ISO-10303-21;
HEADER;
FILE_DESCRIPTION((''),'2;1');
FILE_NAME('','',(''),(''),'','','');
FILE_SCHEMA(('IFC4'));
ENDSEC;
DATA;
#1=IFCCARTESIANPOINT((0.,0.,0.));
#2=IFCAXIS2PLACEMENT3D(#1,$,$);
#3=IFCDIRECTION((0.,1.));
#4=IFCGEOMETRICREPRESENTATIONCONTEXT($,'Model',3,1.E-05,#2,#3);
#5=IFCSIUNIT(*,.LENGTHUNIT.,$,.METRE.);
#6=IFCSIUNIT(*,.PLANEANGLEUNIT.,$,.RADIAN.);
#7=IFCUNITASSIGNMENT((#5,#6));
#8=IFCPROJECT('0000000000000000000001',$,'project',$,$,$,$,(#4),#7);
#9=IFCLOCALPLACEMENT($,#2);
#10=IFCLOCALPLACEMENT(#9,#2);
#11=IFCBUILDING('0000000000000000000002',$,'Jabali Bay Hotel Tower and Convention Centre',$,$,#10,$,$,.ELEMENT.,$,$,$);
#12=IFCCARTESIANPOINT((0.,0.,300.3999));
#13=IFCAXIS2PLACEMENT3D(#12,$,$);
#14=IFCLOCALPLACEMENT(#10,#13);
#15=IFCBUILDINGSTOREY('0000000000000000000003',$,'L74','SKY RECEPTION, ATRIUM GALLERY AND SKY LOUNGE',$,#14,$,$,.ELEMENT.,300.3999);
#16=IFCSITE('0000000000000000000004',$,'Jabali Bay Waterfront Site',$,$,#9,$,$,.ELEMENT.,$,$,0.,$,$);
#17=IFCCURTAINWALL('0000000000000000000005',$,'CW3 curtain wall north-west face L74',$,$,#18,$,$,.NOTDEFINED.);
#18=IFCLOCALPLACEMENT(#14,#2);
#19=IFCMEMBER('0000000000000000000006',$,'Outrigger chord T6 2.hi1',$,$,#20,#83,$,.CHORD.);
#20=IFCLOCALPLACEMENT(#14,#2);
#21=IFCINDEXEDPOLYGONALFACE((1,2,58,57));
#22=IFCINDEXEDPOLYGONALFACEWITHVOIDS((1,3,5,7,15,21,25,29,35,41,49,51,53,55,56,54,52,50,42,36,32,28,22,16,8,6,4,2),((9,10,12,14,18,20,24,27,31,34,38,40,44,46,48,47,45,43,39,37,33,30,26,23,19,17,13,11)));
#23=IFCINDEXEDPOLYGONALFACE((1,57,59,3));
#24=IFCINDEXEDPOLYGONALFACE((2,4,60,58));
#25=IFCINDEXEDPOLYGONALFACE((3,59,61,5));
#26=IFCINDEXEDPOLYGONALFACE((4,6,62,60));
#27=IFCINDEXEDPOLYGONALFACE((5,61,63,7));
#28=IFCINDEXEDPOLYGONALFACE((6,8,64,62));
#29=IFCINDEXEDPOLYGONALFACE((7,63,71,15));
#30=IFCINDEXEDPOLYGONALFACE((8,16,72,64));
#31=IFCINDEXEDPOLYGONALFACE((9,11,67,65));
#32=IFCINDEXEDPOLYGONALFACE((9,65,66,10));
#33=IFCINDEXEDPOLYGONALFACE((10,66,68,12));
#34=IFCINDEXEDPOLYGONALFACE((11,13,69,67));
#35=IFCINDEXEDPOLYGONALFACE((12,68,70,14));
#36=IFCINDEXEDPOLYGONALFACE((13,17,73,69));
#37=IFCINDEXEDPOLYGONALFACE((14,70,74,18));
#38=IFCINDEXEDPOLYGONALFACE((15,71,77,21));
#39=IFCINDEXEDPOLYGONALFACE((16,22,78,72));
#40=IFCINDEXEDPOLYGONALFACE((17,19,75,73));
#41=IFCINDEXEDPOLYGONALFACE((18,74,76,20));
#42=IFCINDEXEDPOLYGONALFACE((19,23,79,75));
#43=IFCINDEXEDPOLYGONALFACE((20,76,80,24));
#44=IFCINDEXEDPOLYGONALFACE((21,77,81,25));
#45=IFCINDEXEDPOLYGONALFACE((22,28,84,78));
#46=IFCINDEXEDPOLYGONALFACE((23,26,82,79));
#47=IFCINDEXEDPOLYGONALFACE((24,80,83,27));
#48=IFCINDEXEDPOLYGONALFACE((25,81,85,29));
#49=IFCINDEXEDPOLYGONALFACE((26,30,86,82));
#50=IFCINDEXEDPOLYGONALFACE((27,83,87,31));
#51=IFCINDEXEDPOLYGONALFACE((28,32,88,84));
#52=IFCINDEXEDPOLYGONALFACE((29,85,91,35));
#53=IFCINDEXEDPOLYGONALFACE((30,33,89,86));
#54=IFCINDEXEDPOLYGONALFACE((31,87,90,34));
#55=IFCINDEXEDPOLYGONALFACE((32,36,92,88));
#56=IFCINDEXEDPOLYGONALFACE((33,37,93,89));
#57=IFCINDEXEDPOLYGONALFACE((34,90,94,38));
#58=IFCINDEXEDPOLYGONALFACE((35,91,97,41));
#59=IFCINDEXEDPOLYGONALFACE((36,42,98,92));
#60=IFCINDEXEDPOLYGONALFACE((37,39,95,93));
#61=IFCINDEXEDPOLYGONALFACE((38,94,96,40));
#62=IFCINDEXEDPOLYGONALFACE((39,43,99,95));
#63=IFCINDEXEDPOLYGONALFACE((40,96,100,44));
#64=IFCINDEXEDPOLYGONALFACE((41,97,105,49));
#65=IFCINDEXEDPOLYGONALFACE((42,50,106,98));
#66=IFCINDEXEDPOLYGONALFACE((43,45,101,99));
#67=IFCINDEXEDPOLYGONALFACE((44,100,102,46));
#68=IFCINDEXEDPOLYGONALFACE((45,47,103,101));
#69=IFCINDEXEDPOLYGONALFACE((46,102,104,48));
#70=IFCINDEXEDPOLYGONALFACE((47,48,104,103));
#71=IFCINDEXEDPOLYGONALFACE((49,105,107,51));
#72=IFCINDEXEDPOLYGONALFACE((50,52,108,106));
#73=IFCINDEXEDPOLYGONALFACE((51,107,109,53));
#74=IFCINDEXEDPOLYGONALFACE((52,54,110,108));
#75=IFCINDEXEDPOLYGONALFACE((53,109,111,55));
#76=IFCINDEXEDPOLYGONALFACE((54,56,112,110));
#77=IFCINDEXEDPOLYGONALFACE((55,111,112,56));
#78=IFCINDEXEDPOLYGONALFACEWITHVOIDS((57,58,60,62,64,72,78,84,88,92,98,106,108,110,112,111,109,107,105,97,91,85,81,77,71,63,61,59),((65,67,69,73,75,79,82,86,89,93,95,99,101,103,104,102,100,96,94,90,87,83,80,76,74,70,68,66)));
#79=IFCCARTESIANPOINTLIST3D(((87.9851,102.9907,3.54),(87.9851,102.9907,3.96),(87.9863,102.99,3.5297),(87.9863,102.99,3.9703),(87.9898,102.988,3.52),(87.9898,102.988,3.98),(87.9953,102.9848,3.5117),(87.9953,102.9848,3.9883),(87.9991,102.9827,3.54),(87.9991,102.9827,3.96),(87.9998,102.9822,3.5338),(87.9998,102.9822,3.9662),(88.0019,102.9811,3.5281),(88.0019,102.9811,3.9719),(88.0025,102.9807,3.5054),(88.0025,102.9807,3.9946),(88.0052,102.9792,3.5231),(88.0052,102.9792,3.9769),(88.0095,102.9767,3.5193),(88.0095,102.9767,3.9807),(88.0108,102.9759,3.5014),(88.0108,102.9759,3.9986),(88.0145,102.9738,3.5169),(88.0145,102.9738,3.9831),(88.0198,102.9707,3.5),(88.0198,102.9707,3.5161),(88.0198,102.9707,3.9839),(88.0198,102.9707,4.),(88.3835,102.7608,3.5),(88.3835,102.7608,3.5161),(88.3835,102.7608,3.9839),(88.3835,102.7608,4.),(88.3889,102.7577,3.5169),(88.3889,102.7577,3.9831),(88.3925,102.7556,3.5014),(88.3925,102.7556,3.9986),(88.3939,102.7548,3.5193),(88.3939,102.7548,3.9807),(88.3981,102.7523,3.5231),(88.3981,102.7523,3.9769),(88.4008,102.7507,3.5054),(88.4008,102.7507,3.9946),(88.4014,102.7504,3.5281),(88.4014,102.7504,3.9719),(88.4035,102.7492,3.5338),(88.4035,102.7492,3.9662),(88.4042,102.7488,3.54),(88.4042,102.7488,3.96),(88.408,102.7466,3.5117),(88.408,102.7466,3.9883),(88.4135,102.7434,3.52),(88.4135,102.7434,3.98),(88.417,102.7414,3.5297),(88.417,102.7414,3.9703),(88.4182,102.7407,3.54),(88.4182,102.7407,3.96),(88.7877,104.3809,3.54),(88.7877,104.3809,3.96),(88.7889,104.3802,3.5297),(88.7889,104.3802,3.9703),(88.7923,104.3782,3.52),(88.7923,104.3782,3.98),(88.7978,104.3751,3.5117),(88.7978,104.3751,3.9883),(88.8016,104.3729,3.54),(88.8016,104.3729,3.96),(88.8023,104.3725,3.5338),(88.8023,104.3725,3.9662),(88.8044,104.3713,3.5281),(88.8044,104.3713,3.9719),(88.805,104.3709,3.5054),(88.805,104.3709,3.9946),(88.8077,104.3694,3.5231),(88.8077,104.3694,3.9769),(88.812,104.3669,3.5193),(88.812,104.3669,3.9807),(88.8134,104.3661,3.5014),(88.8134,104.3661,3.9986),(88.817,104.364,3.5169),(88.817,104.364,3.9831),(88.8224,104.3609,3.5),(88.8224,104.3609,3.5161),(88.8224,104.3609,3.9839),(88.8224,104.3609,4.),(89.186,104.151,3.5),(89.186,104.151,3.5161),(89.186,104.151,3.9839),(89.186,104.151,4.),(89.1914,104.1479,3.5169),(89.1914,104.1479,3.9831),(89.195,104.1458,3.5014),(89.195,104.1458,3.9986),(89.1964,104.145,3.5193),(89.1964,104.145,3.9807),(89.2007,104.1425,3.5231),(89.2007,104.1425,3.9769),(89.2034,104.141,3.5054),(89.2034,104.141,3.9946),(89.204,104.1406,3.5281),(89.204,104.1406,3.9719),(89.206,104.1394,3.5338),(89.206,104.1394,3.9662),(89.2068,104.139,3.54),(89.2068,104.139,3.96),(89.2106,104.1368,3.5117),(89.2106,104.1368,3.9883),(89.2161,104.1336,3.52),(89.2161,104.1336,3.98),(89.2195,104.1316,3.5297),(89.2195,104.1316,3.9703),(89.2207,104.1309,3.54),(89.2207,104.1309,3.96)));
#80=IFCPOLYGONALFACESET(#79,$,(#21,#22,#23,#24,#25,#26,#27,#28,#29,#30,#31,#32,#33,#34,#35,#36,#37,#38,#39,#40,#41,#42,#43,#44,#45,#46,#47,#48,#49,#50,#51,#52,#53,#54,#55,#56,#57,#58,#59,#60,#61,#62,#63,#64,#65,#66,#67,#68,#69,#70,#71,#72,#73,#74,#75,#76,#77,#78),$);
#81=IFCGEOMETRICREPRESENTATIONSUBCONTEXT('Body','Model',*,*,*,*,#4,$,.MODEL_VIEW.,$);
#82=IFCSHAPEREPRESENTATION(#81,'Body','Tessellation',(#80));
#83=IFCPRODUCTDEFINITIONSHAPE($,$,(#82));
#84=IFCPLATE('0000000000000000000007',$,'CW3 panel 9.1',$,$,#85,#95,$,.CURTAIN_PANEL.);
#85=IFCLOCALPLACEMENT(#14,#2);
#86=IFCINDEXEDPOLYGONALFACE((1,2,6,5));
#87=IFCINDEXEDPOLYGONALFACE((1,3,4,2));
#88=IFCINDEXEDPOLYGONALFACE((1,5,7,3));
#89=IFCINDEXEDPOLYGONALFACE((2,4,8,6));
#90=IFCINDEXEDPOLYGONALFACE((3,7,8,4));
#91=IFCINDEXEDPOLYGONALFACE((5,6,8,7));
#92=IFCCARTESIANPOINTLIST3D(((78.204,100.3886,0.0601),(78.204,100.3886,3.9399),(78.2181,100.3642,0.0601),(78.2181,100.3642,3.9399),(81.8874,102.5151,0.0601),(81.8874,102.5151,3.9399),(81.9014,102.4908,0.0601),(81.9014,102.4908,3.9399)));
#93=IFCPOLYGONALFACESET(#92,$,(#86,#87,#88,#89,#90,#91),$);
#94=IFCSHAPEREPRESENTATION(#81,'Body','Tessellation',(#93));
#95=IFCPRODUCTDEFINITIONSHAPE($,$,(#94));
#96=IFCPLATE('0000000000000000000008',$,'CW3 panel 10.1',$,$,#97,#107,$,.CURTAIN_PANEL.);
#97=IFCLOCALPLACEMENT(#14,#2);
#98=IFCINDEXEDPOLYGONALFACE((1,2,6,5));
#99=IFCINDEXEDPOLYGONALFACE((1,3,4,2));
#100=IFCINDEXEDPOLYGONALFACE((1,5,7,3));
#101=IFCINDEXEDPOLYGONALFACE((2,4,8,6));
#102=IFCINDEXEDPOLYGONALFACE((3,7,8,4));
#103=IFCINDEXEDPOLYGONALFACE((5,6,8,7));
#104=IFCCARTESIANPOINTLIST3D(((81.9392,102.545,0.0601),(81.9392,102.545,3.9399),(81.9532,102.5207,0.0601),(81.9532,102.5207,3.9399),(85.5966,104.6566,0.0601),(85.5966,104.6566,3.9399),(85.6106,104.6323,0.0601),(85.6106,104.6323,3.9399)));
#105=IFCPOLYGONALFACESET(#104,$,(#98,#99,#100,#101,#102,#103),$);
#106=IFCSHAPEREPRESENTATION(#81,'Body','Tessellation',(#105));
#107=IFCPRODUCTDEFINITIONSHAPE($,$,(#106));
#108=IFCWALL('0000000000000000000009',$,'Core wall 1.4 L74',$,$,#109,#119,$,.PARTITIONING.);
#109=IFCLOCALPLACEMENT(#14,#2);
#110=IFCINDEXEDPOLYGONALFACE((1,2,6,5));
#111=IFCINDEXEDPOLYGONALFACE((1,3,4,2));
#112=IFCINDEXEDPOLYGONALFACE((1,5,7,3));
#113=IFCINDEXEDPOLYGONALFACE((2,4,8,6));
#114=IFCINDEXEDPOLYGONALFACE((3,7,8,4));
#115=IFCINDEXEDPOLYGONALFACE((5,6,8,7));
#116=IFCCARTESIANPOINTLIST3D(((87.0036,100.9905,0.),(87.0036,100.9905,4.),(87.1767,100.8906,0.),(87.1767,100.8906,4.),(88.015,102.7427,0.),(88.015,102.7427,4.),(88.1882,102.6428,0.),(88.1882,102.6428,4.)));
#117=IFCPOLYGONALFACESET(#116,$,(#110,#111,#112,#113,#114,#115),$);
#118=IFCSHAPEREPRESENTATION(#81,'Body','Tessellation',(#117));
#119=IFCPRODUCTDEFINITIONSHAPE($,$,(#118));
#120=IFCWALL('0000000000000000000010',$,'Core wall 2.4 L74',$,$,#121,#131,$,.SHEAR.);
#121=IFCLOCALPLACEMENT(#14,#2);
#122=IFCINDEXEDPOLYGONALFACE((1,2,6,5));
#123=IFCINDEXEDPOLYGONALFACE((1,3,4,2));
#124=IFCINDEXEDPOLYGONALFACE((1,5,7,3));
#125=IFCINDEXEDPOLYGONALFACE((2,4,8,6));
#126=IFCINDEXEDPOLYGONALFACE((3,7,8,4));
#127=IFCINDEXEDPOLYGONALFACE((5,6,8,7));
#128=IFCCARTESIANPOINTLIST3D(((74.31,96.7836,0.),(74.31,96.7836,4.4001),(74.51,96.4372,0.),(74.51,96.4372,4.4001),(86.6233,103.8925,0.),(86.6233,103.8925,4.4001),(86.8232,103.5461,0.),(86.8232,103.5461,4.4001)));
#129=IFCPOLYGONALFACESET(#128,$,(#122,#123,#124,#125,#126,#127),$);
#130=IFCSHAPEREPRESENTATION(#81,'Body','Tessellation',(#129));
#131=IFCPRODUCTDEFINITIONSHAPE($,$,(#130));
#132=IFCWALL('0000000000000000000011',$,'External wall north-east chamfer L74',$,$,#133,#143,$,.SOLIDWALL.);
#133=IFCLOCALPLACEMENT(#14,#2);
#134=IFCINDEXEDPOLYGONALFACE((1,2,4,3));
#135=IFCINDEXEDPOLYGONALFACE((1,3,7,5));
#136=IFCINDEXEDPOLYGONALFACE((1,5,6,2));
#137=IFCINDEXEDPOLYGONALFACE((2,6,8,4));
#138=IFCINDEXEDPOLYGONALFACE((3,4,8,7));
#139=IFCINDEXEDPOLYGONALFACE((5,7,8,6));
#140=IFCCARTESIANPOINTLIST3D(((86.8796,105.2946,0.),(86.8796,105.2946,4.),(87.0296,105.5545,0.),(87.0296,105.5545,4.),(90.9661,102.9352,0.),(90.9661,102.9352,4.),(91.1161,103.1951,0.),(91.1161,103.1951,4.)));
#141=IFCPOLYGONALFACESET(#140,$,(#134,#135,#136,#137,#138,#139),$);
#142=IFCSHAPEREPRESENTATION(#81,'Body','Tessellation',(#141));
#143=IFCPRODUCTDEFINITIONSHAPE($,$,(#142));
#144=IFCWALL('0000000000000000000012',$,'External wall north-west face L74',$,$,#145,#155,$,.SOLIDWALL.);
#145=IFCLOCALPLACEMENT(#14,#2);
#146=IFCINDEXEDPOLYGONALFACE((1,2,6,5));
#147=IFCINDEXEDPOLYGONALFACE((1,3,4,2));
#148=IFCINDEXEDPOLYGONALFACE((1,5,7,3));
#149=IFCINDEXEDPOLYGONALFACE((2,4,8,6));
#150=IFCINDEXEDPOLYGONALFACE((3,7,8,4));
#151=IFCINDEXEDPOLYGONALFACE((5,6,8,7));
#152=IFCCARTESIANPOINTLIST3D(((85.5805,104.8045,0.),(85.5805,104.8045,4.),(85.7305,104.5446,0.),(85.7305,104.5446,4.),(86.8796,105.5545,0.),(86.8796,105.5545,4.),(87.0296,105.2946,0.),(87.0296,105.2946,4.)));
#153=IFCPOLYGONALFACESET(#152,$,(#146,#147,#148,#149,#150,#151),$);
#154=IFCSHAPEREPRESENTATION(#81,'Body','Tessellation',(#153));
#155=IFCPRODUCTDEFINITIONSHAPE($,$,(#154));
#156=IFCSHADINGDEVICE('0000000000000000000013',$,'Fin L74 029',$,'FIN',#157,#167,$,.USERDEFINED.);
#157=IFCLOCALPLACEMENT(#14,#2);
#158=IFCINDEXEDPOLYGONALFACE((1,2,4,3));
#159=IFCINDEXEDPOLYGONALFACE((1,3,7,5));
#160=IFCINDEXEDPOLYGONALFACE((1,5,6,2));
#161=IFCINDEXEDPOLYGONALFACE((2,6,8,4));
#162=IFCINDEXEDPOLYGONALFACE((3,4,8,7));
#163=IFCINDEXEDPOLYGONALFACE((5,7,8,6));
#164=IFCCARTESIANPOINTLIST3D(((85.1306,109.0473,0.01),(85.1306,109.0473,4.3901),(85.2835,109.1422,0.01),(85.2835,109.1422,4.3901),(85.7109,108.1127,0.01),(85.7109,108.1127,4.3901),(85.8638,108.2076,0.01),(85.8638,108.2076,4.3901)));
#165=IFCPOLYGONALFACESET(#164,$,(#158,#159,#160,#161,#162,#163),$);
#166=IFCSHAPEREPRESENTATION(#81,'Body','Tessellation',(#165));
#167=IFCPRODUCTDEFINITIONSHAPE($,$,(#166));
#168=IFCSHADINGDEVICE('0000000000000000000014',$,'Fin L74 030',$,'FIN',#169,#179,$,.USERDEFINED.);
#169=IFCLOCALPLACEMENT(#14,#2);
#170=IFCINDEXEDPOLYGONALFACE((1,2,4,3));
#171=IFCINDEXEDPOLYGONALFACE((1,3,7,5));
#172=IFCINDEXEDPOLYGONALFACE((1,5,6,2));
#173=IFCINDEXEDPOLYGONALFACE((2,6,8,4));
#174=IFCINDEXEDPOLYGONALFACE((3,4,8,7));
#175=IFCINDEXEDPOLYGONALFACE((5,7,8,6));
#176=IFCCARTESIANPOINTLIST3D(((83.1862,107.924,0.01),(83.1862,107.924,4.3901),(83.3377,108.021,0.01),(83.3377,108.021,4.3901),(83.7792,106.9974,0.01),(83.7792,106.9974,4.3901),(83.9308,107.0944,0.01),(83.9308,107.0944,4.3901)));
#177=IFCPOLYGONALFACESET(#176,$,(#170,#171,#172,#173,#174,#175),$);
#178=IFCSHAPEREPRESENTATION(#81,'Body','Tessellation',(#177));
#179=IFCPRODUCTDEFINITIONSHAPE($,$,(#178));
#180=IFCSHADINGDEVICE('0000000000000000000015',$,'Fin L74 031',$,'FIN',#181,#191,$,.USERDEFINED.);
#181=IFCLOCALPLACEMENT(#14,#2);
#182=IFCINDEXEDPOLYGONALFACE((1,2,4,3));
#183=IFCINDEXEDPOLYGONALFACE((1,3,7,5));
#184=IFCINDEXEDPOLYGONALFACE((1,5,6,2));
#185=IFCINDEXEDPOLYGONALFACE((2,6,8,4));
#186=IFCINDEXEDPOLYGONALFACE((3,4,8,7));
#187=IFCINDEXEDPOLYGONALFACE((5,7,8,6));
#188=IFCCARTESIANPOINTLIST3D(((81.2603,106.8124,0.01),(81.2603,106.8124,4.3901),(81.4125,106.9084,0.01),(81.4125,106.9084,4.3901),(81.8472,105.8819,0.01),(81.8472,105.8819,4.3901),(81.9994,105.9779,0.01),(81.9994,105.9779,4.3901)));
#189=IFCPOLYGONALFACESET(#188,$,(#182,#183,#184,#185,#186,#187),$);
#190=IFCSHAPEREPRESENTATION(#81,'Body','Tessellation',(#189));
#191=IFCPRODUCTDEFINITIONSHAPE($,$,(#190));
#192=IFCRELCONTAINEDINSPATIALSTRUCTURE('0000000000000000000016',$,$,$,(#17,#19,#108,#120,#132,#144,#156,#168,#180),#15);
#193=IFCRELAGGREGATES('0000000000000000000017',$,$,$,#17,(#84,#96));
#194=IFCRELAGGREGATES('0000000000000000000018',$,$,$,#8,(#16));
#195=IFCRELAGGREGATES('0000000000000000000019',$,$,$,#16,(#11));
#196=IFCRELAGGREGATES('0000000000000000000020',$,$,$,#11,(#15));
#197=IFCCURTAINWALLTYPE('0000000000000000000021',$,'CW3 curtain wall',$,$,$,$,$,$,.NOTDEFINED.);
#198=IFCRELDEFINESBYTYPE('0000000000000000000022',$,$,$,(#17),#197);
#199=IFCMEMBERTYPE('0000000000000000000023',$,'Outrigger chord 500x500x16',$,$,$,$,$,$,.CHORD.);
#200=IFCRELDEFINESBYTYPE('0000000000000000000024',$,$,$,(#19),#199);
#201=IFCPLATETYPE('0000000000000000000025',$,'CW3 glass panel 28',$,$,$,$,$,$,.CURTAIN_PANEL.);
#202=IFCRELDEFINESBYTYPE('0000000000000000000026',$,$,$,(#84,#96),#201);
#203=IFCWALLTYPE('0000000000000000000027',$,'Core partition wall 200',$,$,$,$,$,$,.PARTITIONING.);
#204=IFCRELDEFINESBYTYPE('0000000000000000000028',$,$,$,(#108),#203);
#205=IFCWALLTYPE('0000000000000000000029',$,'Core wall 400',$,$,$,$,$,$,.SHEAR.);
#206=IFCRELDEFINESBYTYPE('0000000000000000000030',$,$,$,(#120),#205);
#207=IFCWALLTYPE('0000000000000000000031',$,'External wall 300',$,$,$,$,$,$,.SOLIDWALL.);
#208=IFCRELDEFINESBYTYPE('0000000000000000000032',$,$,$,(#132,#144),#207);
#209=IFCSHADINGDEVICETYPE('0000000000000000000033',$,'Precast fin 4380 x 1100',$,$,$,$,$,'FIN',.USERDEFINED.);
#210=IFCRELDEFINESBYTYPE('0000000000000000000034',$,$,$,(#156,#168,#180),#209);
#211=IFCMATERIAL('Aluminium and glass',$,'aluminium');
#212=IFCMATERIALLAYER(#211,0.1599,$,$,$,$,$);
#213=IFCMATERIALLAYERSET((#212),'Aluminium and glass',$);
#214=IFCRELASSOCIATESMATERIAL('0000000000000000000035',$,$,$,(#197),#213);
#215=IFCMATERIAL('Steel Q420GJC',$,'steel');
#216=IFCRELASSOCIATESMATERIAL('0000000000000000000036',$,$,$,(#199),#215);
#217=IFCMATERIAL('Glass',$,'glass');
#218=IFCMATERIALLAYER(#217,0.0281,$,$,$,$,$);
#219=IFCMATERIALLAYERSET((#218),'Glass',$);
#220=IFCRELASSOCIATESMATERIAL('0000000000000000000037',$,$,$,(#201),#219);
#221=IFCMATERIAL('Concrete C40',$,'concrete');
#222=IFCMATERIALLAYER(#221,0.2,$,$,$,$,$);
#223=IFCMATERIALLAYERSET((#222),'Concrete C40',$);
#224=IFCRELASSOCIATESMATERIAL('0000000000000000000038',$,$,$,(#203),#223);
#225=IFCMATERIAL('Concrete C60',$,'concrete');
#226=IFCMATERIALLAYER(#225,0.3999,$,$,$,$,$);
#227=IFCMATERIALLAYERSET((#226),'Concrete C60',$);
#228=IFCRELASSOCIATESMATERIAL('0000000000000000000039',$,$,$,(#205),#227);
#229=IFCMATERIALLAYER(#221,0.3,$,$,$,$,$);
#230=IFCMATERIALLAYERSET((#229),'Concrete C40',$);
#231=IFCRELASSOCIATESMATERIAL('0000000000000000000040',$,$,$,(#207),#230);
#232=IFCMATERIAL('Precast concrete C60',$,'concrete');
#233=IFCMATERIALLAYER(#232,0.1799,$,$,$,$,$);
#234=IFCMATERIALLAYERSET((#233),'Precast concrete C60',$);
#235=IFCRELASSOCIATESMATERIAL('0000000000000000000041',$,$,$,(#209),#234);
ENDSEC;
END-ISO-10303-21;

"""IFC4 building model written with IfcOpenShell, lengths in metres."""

from ifc_helpers import new_model, si_unit, direction, frame, frame_2d, origin, origin_2d, place, context, subcontext, project, spatial, rectangle, hollow_rectangle, extrude, material, layer, layer_set, material_profile, profile_set, type_object, element, aggregate, save


model = new_model("IFC4")

# Units and contexts
model_context = context("Model", 3, precision=1e-05, world=origin(), true_north=direction((0.0, 1.0)))
body_context = subcontext(model_context, "Body", "Model", "MODEL_VIEW")
ifc_project = project(units=[si_unit("LENGTHUNIT", "METRE"), si_unit("PLANEANGLEUNIT", "RADIAN")], contexts=[model_context])

# Site, building, storey
site_placement = place(None, origin())
site = spatial("IfcSite", under=ifc_project, at=site_placement, Name="Jabali Bay Waterfront Site", CompositionType="ELEMENT", RefElevation=0.0)
building_placement = place(site_placement, origin())
building = spatial("IfcBuilding", under=site, at=building_placement, Name="Jabali Bay Hotel Tower and Convention Centre", CompositionType="ELEMENT")
storey_placement = place(building_placement, frame((0.0, 0.0, 300.3999)))
storey = spatial("IfcBuildingStorey", under=building, at=storey_placement, Name="L74", Description="SKY RECEPTION, ATRIUM GALLERY AND SKY LOUNGE", CompositionType="ELEMENT", Elevation=300.3999)

# Shared definitions
ifc_material_1 = material(Name="Concrete C60", Category="concrete")

# Shared definitions
ifc_material_2 = material(Name="Steel Q420GJC", Category="steel")

# Curtain wall
ifc_material_3 = material(Name="Aluminium and glass", Category="aluminium")
ifc_layer_1 = layer(ifc_material_3, 0.1599)
ifc_layer_set_1 = layer_set([ifc_layer_1], Name="Aluminium and glass")
curtain_wall_type = type_object("IfcCurtainWallType", Name="CW3 curtain wall", PredefinedType="NOTDEFINED", material=ifc_layer_set_1)
curtain_wall_placement = place(storey_placement, origin())
curtain_wall = element("IfcCurtainWall", 1, at=curtain_wall_placement, inside=storey, type_object=curtain_wall_type, Name="CW3 curtain wall north-west face L74", PredefinedType="NOTDEFINED")

# Member
ifc_material_profile_1 = material_profile(ifc_material_2, hollow_rectangle(XDim=0.5, YDim=0.5, WallThickness=0.0161, InnerFilletRadius=0.0239, OuterFilletRadius=0.04, at=origin_2d()), Name="Outrigger chord 500x500x16")
ifc_profile_set_1 = profile_set([ifc_material_profile_1], Name="Steel Q420GJC")
member_type_1 = type_object("IfcMemberType", Name="Outrigger chord 500x500x16", PredefinedType="CHORD", material=ifc_profile_set_1)
member_1_placement = place(storey_placement, frame((88.2017, 102.8657, 3.75), z_axis=(0.499951, 0.866054, 0.0), x_axis=(-0.866054, 0.499951, 0.0)))
element("IfcMember", 2, at=member_1_placement, inside=storey, type_object=member_type_1, Name="Outrigger chord T6 2.hi1", PredefinedType="CHORD", context=body_context, shape_type="SweptSolid", body=[
    extrude(hollow_rectangle(XDim=0.5, YDim=0.5, WallThickness=0.0161, InnerFilletRadius=0.0239, OuterFilletRadius=0.04, at=origin_2d()), origin(), (0.0, 0.0, 1.0), 1.6052),
])

# Plates
ifc_material_4 = material(Name="Glass", Category="glass")
ifc_layer_2 = layer(ifc_material_4, 0.0281)
ifc_layer_set_2 = layer_set([ifc_layer_2], Name="Glass")
plate_type = type_object("IfcPlateType", Name="CW3 glass panel 28", PredefinedType="CURTAIN_PANEL", material=ifc_layer_set_2)
plate_1_placement = place(storey_placement, frame((80.0527, 101.4397, 0.0601), z_axis=(0.0, 0.0, 1.0), x_axis=(0.866025, 0.5, 0.0)))
plate_1 = element("IfcPlate", 3, at=plate_1_placement, type_object=plate_type, Name="CW3 panel 9.1", PredefinedType="CURTAIN_PANEL", context=body_context, shape_type="SweptSolid", body=[
    extrude(rectangle(XDim=4.2532, YDim=0.0281, at=origin_2d()), origin(), (0.0, 0.0, 1.0), 3.8799),
])
plate_2_placement = place(storey_placement, frame((83.7749, 103.5886, 0.0601), z_axis=(0.0, 0.0, 1.0), x_axis=(0.866025, 0.5, 0.0)))
plate_2 = element("IfcPlate", 4, at=plate_2_placement, type_object=plate_type, Name="CW3 panel 10.1", PredefinedType="CURTAIN_PANEL", context=body_context, shape_type="SweptSolid", body=[
    extrude(rectangle(XDim=4.2231, YDim=0.0281, at=origin_2d()), origin(), (0.0, 0.0, 1.0), 3.8799),
])
aggregate(curtain_wall, [plate_1, plate_2])

# Walls
ifc_material_5 = material(Name="Concrete C40", Category="concrete")
ifc_layer_3 = layer(ifc_material_5, 0.2)
ifc_layer_set_3 = layer_set([ifc_layer_3], Name="Concrete C40")
wall_type_1 = type_object("IfcWallType", Name="Core partition wall 200", PredefinedType="PARTITIONING", material=ifc_layer_set_3)
wall_1_placement = place(storey_placement, frame((87.0901, 100.9404, 0.0), z_axis=(0.0, 0.0, 1.0), x_axis=(0.499942, 0.866059, 0.0)))
element("IfcWall", 5, at=wall_1_placement, inside=storey, type_object=wall_type_1, Name="Core wall 1.4 L74", PredefinedType="PARTITIONING", context=body_context, shape_type="SweptSolid", body=[
    extrude(rectangle(XDim=2.0232, YDim=0.2, at=frame_2d((1.0117, 0.0))), origin(), (0.0, 0.0, 1.0), 4.0),
])
ifc_layer_4 = layer(ifc_material_1, 0.3999)
ifc_layer_set_4 = layer_set([ifc_layer_4], Name="Concrete C60")
wall_type_2 = type_object("IfcWallType", Name="Core wall 400", PredefinedType="SHEAR", material=ifc_layer_set_4)
wall_2_placement = place(storey_placement, frame((86.7231, 103.7192, 0.0), z_axis=(0.0, 0.0, 1.0), x_axis=(-0.86603, -0.499991, 0.0)))
element("IfcWall", 6, at=wall_2_placement, inside=storey, type_object=wall_type_2, Name="Core wall 2.4 L74", PredefinedType="SHEAR", context=body_context, shape_type="SweptSolid", body=[
    extrude(rectangle(XDim=14.218, YDim=0.3999, at=frame_2d((7.1089, 0.0))), origin(), (0.0, 0.0, 1.0), 4.4001),
])
ifc_layer_5 = layer(ifc_material_5, 0.3)
ifc_layer_set_5 = layer_set([ifc_layer_5], Name="Concrete C40")
wall_type_3 = type_object("IfcWallType", Name="External wall 300", PredefinedType="SOLIDWALL", material=ifc_layer_set_5)
wall_3_placement = place(storey_placement, frame((86.9546, 105.4246, 0.0), z_axis=(0.0, 0.0, 1.0), x_axis=(0.866018, -0.500012, 0.0)))
element("IfcWall", 7, at=wall_3_placement, inside=storey, type_object=wall_type_3, Name="External wall north-east chamfer L74", PredefinedType="SOLIDWALL", context=body_context, shape_type="SweptSolid", body=[
    extrude(rectangle(XDim=4.7188, YDim=0.3, at=frame_2d((2.3594, 0.0))), origin(), (0.0, 0.0, 1.0), 4.0),
])
wall_4_placement = place(storey_placement, frame((85.6555, 104.6746, 0.0), z_axis=(0.0, 0.0, 1.0), x_axis=(0.866031, 0.49999, 0.0)))
element("IfcWall", 8, at=wall_4_placement, inside=storey, type_object=wall_type_3, Name="External wall north-west face L74", PredefinedType="SOLIDWALL", context=body_context, shape_type="SweptSolid", body=[
    extrude(rectangle(XDim=1.5, YDim=0.3, at=frame_2d((0.75, 0.0))), origin(), (0.0, 0.0, 1.0), 4.0),
])

# Shading devices
ifc_material_6 = material(Name="Precast concrete C60", Category="concrete")
ifc_layer_6 = layer(ifc_material_6, 0.1799)
ifc_layer_set_6 = layer_set([ifc_layer_6], Name="Precast concrete C60")
shading_device_type_1 = type_object("IfcShadingDeviceType", Name="Precast fin 4380 x 1100", ElementType="FIN", PredefinedType="USERDEFINED", material=ifc_layer_set_6)
for number, where, z_axis, x_axis, name in (
    (9, (85.7874, 108.1602, 0.01), (0.0, 0.0, 1.0), (-0.527523, 0.849541, 0.0), "Fin L74 029"),
    (10, (83.855, 107.0459, 0.01), (0.0, 0.0, 1.0), (-0.539085, 0.842251, 0.0), "Fin L74 030"),
    (11, (81.9233, 105.9299, 0.01), (0.0, 0.0, 1.0), (-0.533525, 0.845784, 0.0), "Fin L74 031"),
):
    element("IfcShadingDevice", number, at=place(storey_placement, frame(where, z_axis=z_axis, x_axis=x_axis)), inside=storey, type_object=shading_device_type_1, Name=name, ObjectType="FIN", PredefinedType="USERDEFINED", context=body_context, shape_type="SweptSolid", body=[
        extrude(rectangle(XDim=1.1001, YDim=0.1799, at=frame_2d((0.55, 0.0))), origin(), (0.0, 0.0, 1.0), 4.3801),
    ])

save(model, "model.ifc")
